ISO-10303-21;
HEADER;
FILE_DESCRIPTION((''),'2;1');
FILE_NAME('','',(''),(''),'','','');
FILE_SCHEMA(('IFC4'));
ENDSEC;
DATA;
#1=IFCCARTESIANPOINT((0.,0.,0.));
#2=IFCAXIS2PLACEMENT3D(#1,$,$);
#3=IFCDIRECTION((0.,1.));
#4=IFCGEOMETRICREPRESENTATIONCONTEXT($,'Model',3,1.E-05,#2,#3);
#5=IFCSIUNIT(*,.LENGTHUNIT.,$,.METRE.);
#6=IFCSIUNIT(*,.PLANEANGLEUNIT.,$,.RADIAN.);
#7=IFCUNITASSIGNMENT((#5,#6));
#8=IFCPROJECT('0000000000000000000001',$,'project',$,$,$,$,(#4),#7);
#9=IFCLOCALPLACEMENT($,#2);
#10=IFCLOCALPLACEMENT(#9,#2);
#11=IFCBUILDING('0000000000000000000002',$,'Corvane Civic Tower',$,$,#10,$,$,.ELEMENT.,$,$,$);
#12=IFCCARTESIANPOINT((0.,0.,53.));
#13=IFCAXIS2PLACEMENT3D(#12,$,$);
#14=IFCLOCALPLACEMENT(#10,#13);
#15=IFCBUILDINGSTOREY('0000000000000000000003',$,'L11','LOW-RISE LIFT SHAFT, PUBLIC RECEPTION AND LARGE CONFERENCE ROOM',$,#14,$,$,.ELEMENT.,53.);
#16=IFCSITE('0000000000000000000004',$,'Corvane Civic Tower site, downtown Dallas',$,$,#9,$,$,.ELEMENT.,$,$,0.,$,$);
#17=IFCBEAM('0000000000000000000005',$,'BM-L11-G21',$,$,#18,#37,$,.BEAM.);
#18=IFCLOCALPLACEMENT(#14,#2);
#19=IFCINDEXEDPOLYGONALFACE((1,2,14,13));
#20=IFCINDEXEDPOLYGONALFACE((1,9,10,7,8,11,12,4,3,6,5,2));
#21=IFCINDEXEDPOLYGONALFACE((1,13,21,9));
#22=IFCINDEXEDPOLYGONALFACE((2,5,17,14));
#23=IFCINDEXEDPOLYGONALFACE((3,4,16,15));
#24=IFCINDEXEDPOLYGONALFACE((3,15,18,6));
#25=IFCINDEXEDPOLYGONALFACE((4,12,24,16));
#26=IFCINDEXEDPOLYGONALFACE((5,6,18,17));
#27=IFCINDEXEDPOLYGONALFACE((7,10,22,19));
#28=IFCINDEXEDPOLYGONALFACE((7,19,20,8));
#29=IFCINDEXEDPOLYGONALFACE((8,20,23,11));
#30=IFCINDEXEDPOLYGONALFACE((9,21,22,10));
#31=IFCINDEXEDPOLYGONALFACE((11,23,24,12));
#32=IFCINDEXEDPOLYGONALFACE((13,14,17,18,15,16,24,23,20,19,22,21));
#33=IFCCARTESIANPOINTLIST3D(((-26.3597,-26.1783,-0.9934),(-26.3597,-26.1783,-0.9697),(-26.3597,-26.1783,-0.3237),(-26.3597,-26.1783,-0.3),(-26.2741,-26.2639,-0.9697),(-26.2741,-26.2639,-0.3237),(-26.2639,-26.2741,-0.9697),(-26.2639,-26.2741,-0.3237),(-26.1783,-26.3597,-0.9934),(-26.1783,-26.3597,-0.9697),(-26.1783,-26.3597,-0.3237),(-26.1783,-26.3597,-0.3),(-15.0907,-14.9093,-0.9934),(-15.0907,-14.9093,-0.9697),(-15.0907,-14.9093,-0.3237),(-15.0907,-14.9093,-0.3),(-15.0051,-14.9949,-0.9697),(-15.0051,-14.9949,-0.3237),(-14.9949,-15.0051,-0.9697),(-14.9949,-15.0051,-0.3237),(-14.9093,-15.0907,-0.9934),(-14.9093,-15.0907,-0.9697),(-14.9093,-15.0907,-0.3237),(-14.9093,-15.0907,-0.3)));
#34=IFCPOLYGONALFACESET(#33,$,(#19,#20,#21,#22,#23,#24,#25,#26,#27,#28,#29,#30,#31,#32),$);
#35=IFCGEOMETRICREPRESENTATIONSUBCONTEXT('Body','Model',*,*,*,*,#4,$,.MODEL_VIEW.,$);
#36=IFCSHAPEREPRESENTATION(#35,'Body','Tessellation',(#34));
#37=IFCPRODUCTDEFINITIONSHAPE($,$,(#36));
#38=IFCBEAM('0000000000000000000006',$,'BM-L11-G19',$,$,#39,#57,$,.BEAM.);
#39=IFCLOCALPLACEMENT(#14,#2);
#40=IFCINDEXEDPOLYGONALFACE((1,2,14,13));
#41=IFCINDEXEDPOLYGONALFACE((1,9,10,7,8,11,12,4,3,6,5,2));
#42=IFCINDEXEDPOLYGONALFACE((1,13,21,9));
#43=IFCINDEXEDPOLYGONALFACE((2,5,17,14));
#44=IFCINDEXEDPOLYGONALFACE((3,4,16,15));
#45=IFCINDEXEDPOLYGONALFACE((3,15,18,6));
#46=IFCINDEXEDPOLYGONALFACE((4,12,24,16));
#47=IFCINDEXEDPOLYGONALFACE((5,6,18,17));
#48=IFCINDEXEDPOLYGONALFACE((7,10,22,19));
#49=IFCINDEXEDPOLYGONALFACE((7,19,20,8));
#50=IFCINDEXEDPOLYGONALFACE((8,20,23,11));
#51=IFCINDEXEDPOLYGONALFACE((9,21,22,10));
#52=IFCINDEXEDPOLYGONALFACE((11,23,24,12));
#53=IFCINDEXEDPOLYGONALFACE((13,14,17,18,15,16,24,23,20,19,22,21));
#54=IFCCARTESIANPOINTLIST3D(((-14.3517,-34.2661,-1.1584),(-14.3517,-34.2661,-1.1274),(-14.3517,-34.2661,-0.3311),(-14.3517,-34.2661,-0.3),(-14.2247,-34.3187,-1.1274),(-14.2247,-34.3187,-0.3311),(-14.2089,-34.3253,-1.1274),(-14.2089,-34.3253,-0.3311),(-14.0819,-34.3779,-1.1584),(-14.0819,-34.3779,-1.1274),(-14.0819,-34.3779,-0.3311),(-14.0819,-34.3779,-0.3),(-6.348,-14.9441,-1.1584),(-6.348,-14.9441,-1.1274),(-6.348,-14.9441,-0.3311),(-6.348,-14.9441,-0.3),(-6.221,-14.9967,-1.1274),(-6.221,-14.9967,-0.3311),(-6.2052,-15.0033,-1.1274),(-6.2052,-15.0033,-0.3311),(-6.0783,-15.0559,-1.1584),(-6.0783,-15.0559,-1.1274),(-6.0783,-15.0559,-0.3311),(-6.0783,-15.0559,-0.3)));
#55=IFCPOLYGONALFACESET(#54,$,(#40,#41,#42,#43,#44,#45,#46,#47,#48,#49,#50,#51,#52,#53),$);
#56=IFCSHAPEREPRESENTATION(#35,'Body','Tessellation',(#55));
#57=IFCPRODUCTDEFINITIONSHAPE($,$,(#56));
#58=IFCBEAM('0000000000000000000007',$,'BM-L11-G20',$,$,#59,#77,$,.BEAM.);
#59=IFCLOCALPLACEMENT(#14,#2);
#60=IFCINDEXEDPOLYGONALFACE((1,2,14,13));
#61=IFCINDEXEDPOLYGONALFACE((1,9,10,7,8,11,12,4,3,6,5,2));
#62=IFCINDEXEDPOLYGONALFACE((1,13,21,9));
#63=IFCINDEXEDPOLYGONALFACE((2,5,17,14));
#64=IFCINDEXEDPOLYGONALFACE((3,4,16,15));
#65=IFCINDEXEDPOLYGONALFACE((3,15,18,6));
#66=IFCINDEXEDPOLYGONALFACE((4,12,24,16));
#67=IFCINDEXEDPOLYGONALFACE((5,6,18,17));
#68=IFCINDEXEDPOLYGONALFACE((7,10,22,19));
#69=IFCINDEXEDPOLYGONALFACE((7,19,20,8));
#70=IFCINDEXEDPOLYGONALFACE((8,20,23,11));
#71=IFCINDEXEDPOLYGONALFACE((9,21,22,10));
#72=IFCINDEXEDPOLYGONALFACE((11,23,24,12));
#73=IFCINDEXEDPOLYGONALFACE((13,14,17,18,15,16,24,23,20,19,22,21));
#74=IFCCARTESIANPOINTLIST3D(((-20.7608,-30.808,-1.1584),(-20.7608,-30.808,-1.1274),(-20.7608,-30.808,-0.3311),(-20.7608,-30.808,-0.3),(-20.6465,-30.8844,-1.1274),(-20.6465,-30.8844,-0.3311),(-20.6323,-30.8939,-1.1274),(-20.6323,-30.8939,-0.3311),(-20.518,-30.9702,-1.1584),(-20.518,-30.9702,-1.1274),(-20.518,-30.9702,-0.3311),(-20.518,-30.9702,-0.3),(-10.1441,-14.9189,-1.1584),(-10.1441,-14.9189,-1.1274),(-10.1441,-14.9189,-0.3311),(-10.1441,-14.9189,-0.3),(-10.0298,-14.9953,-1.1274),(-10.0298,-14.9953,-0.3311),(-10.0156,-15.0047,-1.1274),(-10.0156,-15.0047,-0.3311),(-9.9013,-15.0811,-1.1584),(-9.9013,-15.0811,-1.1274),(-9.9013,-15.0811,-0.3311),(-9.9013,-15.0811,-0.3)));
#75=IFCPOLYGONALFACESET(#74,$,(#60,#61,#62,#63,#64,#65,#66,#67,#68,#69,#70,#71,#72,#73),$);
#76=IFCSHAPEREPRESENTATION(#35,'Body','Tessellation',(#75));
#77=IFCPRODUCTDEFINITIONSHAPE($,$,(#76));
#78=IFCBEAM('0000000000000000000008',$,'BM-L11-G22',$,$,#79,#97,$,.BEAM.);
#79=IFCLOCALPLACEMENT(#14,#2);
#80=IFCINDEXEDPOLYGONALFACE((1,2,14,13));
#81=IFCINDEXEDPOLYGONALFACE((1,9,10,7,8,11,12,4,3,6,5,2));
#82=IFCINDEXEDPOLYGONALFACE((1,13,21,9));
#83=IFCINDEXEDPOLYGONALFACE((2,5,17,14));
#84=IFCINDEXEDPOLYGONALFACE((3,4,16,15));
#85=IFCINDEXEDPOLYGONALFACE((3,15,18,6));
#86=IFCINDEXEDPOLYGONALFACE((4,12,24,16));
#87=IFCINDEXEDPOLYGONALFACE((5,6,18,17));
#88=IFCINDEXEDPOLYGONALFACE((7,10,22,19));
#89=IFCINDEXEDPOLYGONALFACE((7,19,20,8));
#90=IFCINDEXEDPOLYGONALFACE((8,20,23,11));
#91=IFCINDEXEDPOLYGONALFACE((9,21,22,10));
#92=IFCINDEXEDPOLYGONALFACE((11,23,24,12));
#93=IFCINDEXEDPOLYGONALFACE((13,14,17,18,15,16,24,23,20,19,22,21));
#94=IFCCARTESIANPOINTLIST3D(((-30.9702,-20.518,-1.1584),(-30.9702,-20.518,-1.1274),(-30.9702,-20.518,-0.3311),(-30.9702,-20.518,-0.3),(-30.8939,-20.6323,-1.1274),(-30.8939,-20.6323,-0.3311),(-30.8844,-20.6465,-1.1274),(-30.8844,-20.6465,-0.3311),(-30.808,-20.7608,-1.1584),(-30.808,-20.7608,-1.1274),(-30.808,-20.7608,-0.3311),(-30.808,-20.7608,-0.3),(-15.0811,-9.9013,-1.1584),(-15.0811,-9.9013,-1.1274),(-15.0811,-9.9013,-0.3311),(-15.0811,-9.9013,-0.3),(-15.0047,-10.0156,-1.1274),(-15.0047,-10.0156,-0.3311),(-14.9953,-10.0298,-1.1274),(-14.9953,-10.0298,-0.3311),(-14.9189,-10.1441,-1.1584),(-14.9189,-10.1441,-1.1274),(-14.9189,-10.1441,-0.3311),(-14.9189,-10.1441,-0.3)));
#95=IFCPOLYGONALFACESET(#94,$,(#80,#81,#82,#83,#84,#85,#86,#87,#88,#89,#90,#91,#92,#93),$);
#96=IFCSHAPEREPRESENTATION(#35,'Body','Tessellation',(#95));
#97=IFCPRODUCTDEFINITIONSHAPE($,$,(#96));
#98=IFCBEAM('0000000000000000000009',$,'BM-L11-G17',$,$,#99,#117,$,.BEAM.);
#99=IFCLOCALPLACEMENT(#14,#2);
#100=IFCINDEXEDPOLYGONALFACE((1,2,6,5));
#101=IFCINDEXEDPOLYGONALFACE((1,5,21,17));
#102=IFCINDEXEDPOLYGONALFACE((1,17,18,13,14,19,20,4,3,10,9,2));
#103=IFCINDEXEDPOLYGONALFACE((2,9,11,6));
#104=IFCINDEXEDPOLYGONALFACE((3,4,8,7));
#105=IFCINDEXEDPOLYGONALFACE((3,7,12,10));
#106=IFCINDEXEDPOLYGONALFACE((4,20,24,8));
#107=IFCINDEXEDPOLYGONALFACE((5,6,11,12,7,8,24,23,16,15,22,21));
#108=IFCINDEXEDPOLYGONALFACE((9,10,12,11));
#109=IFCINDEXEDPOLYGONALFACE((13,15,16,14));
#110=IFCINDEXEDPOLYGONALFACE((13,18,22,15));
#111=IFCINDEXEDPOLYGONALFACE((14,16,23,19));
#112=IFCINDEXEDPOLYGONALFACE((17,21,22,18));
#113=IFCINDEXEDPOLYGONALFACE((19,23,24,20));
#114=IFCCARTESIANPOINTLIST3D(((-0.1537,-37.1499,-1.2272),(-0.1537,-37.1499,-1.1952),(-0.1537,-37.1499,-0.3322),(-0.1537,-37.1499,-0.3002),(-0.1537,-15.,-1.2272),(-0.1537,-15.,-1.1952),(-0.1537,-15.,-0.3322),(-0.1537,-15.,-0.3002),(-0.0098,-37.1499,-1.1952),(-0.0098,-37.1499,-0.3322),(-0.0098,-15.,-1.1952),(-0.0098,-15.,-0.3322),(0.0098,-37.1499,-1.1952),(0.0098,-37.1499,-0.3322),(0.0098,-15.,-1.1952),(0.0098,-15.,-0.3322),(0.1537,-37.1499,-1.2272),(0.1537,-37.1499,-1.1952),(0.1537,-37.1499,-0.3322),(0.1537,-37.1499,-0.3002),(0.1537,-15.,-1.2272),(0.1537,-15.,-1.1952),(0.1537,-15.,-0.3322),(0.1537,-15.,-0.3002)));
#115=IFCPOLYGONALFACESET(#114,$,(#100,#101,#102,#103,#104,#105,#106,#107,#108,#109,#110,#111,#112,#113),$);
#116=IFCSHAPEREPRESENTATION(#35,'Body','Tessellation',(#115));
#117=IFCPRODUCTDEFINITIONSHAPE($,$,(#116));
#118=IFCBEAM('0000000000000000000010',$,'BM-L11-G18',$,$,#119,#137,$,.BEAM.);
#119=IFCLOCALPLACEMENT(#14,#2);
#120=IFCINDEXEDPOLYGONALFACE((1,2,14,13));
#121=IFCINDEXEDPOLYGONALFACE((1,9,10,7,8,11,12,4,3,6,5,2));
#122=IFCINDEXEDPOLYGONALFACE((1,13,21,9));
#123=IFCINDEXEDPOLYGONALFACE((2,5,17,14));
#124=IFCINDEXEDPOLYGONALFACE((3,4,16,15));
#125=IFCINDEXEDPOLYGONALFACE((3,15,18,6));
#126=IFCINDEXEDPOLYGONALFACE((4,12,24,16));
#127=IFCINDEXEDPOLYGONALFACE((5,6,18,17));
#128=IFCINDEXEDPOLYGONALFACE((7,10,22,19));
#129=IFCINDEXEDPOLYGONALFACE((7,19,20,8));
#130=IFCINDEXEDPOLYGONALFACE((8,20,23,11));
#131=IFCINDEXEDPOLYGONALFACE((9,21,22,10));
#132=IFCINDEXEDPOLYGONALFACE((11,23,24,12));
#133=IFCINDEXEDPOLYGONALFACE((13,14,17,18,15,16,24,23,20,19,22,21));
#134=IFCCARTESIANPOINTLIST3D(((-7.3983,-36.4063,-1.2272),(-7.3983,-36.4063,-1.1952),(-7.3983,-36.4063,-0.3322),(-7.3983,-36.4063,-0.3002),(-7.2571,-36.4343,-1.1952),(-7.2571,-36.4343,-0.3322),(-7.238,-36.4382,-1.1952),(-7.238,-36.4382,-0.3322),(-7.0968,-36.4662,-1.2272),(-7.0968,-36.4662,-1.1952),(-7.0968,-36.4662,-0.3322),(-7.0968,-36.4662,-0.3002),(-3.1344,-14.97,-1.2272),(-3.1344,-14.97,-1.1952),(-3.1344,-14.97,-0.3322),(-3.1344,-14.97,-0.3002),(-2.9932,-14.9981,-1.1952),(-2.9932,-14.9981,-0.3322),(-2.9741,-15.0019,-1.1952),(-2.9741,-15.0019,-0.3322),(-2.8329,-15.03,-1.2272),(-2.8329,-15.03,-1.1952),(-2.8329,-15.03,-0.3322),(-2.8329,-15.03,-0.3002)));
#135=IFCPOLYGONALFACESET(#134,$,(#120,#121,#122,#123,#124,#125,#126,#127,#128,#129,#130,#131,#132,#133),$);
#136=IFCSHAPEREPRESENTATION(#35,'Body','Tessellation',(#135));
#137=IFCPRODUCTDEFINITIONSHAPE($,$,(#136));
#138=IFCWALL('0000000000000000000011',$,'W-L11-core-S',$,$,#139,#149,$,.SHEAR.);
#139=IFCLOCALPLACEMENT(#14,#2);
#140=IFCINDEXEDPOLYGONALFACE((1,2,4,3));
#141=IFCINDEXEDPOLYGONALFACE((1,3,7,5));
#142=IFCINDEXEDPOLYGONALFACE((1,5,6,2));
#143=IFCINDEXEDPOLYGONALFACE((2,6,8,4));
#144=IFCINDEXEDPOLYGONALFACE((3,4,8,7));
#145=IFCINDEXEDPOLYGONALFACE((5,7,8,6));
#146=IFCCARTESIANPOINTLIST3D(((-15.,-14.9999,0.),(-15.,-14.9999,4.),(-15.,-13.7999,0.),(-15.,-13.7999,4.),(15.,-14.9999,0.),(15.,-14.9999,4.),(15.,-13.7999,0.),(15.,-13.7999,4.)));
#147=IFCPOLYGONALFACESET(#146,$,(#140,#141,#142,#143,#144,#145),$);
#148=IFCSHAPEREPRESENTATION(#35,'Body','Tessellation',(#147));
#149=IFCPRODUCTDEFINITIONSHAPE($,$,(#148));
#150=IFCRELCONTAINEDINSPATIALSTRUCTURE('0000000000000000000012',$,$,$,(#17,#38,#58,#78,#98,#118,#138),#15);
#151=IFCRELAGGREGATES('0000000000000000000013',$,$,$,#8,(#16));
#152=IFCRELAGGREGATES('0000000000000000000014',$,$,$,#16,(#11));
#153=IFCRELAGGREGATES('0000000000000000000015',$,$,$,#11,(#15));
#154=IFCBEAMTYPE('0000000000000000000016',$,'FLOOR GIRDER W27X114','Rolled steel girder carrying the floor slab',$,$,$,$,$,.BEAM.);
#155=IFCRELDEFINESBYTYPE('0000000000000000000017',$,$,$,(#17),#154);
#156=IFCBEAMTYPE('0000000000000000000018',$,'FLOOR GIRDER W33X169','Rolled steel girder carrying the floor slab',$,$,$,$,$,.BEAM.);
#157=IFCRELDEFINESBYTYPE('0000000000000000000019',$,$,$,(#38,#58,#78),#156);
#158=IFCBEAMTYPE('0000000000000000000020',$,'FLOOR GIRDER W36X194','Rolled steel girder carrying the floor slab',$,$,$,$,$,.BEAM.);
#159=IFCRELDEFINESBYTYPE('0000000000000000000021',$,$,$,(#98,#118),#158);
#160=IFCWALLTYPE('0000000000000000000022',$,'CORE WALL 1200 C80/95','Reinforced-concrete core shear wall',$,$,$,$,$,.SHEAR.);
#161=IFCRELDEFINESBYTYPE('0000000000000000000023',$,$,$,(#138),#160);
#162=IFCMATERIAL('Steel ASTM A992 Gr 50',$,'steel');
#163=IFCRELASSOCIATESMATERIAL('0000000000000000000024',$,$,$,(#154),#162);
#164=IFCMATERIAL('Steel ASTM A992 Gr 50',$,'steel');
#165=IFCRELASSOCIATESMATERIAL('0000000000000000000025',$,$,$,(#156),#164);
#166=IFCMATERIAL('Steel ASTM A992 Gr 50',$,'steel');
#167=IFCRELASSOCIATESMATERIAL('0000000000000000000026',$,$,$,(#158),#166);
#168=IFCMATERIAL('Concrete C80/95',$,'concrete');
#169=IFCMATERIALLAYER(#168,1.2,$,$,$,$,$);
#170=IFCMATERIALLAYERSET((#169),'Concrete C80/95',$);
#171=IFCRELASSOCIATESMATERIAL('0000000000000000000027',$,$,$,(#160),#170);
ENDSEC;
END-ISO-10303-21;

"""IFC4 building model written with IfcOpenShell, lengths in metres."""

from ifc_helpers import new_model, si_unit, direction, frame, frame_2d, origin, origin_2d, place, context, subcontext, project, spatial, rectangle, i_section, extrude, material, layer, layer_set, material_profile, profile_set, type_object, element, save


model = new_model("IFC4")

# Units and contexts
model_context = context("Model", 3, precision=1e-05, world=origin(), true_north=direction((0.0, 1.0)))
body_context = subcontext(model_context, "Body", "Model", "MODEL_VIEW")
ifc_project = project(units=[si_unit("LENGTHUNIT", "METRE"), si_unit("PLANEANGLEUNIT", "RADIAN")], contexts=[model_context])

# Site, building, storey
site_placement = place(None, origin())
site = spatial("IfcSite", under=ifc_project, at=site_placement, Name="Corvane Civic Tower site, downtown Dallas", CompositionType="ELEMENT", RefElevation=0.0)
building_placement = place(site_placement, origin())
building = spatial("IfcBuilding", under=site, at=building_placement, Name="Corvane Civic Tower", CompositionType="ELEMENT")
storey_placement = place(building_placement, frame((0.0, 0.0, 53.0)))
storey = spatial("IfcBuildingStorey", under=building, at=storey_placement, Name="L11", Description="LOW-RISE LIFT SHAFT, PUBLIC RECEPTION AND LARGE CONFERENCE ROOM", CompositionType="ELEMENT", Elevation=53.0)

# Beams
ifc_material_1 = material(Name="Steel ASTM A992 Gr 50", Category="steel")
ifc_material_profile_1 = material_profile(ifc_material_1, i_section(OverallWidth=0.2566, OverallDepth=0.6934, WebThickness=0.0144, FlangeThickness=0.0237, at=origin_2d()), Name="W27X114")
ifc_profile_set_1 = profile_set([ifc_material_profile_1], Name="Steel ASTM A992 Gr 50")
beam_type_1 = type_object("IfcBeamType", Name="FLOOR GIRDER W27X114", Description="Rolled steel girder carrying the floor slab", PredefinedType="BEAM", material=ifc_profile_set_1)
beam_1_placement = place(storey_placement, frame((-15.0, -15.0, -0.6467), z_axis=(-0.707107, -0.707107, 0.0), x_axis=(0.707107, -0.707107, 0.0)))
element("IfcBeam", 1, at=beam_1_placement, inside=storey, type_object=beam_type_1, Name="BM-L11-G21", PredefinedType="BEAM", context=body_context, shape_type="SweptSolid", body=[
    extrude(i_section(OverallWidth=0.2566, OverallDepth=0.6934, WebThickness=0.0144, FlangeThickness=0.0237, at=origin_2d()), origin(), (0.0, 0.0, 1.0), 15.9368),
])
ifc_material_2 = material(Name="Steel ASTM A992 Gr 50", Category="steel")
ifc_material_profile_2 = material_profile(ifc_material_2, i_section(OverallWidth=0.292, OverallDepth=0.8584, WebThickness=0.0171, FlangeThickness=0.031, at=origin_2d()), Name="W33X169")
ifc_profile_set_2 = profile_set([ifc_material_profile_2], Name="Steel ASTM A992 Gr 50")
beam_type_2 = type_object("IfcBeamType", Name="FLOOR GIRDER W33X169", Description="Rolled steel girder carrying the floor slab", PredefinedType="BEAM", material=ifc_profile_set_2)
beam_2_placement = place(storey_placement, frame((-6.2131, -15.0, -0.7292), z_axis=(-0.382692, -0.923876, 0.0), x_axis=(0.923876, -0.382692, 0.0)))
element("IfcBeam", 2, at=beam_2_placement, inside=storey, type_object=beam_type_2, Name="BM-L11-G19", PredefinedType="BEAM", context=body_context, shape_type="SweptSolid", body=[
    extrude(i_section(OverallWidth=0.292, OverallDepth=0.8584, WebThickness=0.0171, FlangeThickness=0.031, at=origin_2d()), origin(), (0.0, 0.0, 1.0), 20.9141),
])
for number, where, z_axis, x_axis, name in (
    (3, (-10.0227, -15.0, -0.7292), (-0.555567, -0.831472, 0.0), (0.831472, -0.555567, 0.0), "BM-L11-G20"),
    (4, (-15.0, -10.0227, -0.7292), (-0.831472, -0.555567, 0.0), (0.555567, -0.831472, 0.0), "BM-L11-G22"),
):
    element("IfcBeam", number, at=place(storey_placement, frame(where, z_axis=z_axis, x_axis=x_axis)), inside=storey, type_object=beam_type_2, Name=name, PredefinedType="BEAM", context=body_context, shape_type="SweptSolid", body=[
        extrude(i_section(OverallWidth=0.292, OverallDepth=0.8584, WebThickness=0.0171, FlangeThickness=0.031, at=origin_2d()), origin(), (0.0, 0.0, 1.0), 19.1096),
    ])
ifc_material_3 = material(Name="Steel ASTM A992 Gr 50", Category="steel")
ifc_material_profile_3 = material_profile(ifc_material_3, i_section(OverallWidth=0.3074, OverallDepth=0.927, WebThickness=0.0195, FlangeThickness=0.032, at=origin_2d()), Name="W36X194")
ifc_profile_set_3 = profile_set([ifc_material_profile_3], Name="Steel ASTM A992 Gr 50")
beam_type_3 = type_object("IfcBeamType", Name="FLOOR GIRDER W36X194", Description="Rolled steel girder carrying the floor slab", PredefinedType="BEAM", material=ifc_profile_set_3)
beam_3_placement = place(storey_placement, frame((0.0, -15.0, -0.7637), z_axis=(0.0, -1.0, 0.0), x_axis=(1.0, 0.0, 0.0)))
element("IfcBeam", 5, at=beam_3_placement, inside=storey, type_object=beam_type_3, Name="BM-L11-G17", PredefinedType="BEAM", context=body_context, shape_type="SweptSolid", body=[
    extrude(i_section(OverallWidth=0.3074, OverallDepth=0.927, WebThickness=0.0195, FlangeThickness=0.032, at=origin_2d()), origin(), (0.0, 0.0, 1.0), 22.1499),
])
beam_4_placement = place(storey_placement, frame((-2.9836, -15.0, -0.7637), z_axis=(-0.195089, -0.980785, 0.0), x_axis=(0.980785, -0.195089, 0.0)))
element("IfcBeam", 6, at=beam_4_placement, inside=storey, type_object=beam_type_3, Name="BM-L11-G18", PredefinedType="BEAM", context=body_context, shape_type="SweptSolid", body=[
    extrude(i_section(OverallWidth=0.3074, OverallDepth=0.927, WebThickness=0.0195, FlangeThickness=0.032, at=origin_2d()), origin(), (0.0, 0.0, 1.0), 21.8562),
])

# Wall
ifc_material_4 = material(Name="Concrete C80/95", Category="concrete")
ifc_layer_1 = layer(ifc_material_4, 1.2)
ifc_layer_set_1 = layer_set([ifc_layer_1], Name="Concrete C80/95")
wall_type_1 = type_object("IfcWallType", Name="CORE WALL 1200 C80/95", Description="Reinforced-concrete core shear wall", PredefinedType="SHEAR", material=ifc_layer_set_1)
wall_1_placement = place(storey_placement, frame((-15.0, -14.3999, 0.0), z_axis=(0.0, 0.0, 1.0), x_axis=(1.0, 0.0, 0.0)))
element("IfcWall", 7, at=wall_1_placement, inside=storey, type_object=wall_type_1, Name="W-L11-core-S", PredefinedType="SHEAR", context=body_context, shape_type="SweptSolid", body=[
    extrude(rectangle(XDim=30.0, YDim=1.2, at=frame_2d((15.0, 0.0))), origin(), (0.0, 0.0, 1.0), 4.0),
])

save(model, "model.ifc")
